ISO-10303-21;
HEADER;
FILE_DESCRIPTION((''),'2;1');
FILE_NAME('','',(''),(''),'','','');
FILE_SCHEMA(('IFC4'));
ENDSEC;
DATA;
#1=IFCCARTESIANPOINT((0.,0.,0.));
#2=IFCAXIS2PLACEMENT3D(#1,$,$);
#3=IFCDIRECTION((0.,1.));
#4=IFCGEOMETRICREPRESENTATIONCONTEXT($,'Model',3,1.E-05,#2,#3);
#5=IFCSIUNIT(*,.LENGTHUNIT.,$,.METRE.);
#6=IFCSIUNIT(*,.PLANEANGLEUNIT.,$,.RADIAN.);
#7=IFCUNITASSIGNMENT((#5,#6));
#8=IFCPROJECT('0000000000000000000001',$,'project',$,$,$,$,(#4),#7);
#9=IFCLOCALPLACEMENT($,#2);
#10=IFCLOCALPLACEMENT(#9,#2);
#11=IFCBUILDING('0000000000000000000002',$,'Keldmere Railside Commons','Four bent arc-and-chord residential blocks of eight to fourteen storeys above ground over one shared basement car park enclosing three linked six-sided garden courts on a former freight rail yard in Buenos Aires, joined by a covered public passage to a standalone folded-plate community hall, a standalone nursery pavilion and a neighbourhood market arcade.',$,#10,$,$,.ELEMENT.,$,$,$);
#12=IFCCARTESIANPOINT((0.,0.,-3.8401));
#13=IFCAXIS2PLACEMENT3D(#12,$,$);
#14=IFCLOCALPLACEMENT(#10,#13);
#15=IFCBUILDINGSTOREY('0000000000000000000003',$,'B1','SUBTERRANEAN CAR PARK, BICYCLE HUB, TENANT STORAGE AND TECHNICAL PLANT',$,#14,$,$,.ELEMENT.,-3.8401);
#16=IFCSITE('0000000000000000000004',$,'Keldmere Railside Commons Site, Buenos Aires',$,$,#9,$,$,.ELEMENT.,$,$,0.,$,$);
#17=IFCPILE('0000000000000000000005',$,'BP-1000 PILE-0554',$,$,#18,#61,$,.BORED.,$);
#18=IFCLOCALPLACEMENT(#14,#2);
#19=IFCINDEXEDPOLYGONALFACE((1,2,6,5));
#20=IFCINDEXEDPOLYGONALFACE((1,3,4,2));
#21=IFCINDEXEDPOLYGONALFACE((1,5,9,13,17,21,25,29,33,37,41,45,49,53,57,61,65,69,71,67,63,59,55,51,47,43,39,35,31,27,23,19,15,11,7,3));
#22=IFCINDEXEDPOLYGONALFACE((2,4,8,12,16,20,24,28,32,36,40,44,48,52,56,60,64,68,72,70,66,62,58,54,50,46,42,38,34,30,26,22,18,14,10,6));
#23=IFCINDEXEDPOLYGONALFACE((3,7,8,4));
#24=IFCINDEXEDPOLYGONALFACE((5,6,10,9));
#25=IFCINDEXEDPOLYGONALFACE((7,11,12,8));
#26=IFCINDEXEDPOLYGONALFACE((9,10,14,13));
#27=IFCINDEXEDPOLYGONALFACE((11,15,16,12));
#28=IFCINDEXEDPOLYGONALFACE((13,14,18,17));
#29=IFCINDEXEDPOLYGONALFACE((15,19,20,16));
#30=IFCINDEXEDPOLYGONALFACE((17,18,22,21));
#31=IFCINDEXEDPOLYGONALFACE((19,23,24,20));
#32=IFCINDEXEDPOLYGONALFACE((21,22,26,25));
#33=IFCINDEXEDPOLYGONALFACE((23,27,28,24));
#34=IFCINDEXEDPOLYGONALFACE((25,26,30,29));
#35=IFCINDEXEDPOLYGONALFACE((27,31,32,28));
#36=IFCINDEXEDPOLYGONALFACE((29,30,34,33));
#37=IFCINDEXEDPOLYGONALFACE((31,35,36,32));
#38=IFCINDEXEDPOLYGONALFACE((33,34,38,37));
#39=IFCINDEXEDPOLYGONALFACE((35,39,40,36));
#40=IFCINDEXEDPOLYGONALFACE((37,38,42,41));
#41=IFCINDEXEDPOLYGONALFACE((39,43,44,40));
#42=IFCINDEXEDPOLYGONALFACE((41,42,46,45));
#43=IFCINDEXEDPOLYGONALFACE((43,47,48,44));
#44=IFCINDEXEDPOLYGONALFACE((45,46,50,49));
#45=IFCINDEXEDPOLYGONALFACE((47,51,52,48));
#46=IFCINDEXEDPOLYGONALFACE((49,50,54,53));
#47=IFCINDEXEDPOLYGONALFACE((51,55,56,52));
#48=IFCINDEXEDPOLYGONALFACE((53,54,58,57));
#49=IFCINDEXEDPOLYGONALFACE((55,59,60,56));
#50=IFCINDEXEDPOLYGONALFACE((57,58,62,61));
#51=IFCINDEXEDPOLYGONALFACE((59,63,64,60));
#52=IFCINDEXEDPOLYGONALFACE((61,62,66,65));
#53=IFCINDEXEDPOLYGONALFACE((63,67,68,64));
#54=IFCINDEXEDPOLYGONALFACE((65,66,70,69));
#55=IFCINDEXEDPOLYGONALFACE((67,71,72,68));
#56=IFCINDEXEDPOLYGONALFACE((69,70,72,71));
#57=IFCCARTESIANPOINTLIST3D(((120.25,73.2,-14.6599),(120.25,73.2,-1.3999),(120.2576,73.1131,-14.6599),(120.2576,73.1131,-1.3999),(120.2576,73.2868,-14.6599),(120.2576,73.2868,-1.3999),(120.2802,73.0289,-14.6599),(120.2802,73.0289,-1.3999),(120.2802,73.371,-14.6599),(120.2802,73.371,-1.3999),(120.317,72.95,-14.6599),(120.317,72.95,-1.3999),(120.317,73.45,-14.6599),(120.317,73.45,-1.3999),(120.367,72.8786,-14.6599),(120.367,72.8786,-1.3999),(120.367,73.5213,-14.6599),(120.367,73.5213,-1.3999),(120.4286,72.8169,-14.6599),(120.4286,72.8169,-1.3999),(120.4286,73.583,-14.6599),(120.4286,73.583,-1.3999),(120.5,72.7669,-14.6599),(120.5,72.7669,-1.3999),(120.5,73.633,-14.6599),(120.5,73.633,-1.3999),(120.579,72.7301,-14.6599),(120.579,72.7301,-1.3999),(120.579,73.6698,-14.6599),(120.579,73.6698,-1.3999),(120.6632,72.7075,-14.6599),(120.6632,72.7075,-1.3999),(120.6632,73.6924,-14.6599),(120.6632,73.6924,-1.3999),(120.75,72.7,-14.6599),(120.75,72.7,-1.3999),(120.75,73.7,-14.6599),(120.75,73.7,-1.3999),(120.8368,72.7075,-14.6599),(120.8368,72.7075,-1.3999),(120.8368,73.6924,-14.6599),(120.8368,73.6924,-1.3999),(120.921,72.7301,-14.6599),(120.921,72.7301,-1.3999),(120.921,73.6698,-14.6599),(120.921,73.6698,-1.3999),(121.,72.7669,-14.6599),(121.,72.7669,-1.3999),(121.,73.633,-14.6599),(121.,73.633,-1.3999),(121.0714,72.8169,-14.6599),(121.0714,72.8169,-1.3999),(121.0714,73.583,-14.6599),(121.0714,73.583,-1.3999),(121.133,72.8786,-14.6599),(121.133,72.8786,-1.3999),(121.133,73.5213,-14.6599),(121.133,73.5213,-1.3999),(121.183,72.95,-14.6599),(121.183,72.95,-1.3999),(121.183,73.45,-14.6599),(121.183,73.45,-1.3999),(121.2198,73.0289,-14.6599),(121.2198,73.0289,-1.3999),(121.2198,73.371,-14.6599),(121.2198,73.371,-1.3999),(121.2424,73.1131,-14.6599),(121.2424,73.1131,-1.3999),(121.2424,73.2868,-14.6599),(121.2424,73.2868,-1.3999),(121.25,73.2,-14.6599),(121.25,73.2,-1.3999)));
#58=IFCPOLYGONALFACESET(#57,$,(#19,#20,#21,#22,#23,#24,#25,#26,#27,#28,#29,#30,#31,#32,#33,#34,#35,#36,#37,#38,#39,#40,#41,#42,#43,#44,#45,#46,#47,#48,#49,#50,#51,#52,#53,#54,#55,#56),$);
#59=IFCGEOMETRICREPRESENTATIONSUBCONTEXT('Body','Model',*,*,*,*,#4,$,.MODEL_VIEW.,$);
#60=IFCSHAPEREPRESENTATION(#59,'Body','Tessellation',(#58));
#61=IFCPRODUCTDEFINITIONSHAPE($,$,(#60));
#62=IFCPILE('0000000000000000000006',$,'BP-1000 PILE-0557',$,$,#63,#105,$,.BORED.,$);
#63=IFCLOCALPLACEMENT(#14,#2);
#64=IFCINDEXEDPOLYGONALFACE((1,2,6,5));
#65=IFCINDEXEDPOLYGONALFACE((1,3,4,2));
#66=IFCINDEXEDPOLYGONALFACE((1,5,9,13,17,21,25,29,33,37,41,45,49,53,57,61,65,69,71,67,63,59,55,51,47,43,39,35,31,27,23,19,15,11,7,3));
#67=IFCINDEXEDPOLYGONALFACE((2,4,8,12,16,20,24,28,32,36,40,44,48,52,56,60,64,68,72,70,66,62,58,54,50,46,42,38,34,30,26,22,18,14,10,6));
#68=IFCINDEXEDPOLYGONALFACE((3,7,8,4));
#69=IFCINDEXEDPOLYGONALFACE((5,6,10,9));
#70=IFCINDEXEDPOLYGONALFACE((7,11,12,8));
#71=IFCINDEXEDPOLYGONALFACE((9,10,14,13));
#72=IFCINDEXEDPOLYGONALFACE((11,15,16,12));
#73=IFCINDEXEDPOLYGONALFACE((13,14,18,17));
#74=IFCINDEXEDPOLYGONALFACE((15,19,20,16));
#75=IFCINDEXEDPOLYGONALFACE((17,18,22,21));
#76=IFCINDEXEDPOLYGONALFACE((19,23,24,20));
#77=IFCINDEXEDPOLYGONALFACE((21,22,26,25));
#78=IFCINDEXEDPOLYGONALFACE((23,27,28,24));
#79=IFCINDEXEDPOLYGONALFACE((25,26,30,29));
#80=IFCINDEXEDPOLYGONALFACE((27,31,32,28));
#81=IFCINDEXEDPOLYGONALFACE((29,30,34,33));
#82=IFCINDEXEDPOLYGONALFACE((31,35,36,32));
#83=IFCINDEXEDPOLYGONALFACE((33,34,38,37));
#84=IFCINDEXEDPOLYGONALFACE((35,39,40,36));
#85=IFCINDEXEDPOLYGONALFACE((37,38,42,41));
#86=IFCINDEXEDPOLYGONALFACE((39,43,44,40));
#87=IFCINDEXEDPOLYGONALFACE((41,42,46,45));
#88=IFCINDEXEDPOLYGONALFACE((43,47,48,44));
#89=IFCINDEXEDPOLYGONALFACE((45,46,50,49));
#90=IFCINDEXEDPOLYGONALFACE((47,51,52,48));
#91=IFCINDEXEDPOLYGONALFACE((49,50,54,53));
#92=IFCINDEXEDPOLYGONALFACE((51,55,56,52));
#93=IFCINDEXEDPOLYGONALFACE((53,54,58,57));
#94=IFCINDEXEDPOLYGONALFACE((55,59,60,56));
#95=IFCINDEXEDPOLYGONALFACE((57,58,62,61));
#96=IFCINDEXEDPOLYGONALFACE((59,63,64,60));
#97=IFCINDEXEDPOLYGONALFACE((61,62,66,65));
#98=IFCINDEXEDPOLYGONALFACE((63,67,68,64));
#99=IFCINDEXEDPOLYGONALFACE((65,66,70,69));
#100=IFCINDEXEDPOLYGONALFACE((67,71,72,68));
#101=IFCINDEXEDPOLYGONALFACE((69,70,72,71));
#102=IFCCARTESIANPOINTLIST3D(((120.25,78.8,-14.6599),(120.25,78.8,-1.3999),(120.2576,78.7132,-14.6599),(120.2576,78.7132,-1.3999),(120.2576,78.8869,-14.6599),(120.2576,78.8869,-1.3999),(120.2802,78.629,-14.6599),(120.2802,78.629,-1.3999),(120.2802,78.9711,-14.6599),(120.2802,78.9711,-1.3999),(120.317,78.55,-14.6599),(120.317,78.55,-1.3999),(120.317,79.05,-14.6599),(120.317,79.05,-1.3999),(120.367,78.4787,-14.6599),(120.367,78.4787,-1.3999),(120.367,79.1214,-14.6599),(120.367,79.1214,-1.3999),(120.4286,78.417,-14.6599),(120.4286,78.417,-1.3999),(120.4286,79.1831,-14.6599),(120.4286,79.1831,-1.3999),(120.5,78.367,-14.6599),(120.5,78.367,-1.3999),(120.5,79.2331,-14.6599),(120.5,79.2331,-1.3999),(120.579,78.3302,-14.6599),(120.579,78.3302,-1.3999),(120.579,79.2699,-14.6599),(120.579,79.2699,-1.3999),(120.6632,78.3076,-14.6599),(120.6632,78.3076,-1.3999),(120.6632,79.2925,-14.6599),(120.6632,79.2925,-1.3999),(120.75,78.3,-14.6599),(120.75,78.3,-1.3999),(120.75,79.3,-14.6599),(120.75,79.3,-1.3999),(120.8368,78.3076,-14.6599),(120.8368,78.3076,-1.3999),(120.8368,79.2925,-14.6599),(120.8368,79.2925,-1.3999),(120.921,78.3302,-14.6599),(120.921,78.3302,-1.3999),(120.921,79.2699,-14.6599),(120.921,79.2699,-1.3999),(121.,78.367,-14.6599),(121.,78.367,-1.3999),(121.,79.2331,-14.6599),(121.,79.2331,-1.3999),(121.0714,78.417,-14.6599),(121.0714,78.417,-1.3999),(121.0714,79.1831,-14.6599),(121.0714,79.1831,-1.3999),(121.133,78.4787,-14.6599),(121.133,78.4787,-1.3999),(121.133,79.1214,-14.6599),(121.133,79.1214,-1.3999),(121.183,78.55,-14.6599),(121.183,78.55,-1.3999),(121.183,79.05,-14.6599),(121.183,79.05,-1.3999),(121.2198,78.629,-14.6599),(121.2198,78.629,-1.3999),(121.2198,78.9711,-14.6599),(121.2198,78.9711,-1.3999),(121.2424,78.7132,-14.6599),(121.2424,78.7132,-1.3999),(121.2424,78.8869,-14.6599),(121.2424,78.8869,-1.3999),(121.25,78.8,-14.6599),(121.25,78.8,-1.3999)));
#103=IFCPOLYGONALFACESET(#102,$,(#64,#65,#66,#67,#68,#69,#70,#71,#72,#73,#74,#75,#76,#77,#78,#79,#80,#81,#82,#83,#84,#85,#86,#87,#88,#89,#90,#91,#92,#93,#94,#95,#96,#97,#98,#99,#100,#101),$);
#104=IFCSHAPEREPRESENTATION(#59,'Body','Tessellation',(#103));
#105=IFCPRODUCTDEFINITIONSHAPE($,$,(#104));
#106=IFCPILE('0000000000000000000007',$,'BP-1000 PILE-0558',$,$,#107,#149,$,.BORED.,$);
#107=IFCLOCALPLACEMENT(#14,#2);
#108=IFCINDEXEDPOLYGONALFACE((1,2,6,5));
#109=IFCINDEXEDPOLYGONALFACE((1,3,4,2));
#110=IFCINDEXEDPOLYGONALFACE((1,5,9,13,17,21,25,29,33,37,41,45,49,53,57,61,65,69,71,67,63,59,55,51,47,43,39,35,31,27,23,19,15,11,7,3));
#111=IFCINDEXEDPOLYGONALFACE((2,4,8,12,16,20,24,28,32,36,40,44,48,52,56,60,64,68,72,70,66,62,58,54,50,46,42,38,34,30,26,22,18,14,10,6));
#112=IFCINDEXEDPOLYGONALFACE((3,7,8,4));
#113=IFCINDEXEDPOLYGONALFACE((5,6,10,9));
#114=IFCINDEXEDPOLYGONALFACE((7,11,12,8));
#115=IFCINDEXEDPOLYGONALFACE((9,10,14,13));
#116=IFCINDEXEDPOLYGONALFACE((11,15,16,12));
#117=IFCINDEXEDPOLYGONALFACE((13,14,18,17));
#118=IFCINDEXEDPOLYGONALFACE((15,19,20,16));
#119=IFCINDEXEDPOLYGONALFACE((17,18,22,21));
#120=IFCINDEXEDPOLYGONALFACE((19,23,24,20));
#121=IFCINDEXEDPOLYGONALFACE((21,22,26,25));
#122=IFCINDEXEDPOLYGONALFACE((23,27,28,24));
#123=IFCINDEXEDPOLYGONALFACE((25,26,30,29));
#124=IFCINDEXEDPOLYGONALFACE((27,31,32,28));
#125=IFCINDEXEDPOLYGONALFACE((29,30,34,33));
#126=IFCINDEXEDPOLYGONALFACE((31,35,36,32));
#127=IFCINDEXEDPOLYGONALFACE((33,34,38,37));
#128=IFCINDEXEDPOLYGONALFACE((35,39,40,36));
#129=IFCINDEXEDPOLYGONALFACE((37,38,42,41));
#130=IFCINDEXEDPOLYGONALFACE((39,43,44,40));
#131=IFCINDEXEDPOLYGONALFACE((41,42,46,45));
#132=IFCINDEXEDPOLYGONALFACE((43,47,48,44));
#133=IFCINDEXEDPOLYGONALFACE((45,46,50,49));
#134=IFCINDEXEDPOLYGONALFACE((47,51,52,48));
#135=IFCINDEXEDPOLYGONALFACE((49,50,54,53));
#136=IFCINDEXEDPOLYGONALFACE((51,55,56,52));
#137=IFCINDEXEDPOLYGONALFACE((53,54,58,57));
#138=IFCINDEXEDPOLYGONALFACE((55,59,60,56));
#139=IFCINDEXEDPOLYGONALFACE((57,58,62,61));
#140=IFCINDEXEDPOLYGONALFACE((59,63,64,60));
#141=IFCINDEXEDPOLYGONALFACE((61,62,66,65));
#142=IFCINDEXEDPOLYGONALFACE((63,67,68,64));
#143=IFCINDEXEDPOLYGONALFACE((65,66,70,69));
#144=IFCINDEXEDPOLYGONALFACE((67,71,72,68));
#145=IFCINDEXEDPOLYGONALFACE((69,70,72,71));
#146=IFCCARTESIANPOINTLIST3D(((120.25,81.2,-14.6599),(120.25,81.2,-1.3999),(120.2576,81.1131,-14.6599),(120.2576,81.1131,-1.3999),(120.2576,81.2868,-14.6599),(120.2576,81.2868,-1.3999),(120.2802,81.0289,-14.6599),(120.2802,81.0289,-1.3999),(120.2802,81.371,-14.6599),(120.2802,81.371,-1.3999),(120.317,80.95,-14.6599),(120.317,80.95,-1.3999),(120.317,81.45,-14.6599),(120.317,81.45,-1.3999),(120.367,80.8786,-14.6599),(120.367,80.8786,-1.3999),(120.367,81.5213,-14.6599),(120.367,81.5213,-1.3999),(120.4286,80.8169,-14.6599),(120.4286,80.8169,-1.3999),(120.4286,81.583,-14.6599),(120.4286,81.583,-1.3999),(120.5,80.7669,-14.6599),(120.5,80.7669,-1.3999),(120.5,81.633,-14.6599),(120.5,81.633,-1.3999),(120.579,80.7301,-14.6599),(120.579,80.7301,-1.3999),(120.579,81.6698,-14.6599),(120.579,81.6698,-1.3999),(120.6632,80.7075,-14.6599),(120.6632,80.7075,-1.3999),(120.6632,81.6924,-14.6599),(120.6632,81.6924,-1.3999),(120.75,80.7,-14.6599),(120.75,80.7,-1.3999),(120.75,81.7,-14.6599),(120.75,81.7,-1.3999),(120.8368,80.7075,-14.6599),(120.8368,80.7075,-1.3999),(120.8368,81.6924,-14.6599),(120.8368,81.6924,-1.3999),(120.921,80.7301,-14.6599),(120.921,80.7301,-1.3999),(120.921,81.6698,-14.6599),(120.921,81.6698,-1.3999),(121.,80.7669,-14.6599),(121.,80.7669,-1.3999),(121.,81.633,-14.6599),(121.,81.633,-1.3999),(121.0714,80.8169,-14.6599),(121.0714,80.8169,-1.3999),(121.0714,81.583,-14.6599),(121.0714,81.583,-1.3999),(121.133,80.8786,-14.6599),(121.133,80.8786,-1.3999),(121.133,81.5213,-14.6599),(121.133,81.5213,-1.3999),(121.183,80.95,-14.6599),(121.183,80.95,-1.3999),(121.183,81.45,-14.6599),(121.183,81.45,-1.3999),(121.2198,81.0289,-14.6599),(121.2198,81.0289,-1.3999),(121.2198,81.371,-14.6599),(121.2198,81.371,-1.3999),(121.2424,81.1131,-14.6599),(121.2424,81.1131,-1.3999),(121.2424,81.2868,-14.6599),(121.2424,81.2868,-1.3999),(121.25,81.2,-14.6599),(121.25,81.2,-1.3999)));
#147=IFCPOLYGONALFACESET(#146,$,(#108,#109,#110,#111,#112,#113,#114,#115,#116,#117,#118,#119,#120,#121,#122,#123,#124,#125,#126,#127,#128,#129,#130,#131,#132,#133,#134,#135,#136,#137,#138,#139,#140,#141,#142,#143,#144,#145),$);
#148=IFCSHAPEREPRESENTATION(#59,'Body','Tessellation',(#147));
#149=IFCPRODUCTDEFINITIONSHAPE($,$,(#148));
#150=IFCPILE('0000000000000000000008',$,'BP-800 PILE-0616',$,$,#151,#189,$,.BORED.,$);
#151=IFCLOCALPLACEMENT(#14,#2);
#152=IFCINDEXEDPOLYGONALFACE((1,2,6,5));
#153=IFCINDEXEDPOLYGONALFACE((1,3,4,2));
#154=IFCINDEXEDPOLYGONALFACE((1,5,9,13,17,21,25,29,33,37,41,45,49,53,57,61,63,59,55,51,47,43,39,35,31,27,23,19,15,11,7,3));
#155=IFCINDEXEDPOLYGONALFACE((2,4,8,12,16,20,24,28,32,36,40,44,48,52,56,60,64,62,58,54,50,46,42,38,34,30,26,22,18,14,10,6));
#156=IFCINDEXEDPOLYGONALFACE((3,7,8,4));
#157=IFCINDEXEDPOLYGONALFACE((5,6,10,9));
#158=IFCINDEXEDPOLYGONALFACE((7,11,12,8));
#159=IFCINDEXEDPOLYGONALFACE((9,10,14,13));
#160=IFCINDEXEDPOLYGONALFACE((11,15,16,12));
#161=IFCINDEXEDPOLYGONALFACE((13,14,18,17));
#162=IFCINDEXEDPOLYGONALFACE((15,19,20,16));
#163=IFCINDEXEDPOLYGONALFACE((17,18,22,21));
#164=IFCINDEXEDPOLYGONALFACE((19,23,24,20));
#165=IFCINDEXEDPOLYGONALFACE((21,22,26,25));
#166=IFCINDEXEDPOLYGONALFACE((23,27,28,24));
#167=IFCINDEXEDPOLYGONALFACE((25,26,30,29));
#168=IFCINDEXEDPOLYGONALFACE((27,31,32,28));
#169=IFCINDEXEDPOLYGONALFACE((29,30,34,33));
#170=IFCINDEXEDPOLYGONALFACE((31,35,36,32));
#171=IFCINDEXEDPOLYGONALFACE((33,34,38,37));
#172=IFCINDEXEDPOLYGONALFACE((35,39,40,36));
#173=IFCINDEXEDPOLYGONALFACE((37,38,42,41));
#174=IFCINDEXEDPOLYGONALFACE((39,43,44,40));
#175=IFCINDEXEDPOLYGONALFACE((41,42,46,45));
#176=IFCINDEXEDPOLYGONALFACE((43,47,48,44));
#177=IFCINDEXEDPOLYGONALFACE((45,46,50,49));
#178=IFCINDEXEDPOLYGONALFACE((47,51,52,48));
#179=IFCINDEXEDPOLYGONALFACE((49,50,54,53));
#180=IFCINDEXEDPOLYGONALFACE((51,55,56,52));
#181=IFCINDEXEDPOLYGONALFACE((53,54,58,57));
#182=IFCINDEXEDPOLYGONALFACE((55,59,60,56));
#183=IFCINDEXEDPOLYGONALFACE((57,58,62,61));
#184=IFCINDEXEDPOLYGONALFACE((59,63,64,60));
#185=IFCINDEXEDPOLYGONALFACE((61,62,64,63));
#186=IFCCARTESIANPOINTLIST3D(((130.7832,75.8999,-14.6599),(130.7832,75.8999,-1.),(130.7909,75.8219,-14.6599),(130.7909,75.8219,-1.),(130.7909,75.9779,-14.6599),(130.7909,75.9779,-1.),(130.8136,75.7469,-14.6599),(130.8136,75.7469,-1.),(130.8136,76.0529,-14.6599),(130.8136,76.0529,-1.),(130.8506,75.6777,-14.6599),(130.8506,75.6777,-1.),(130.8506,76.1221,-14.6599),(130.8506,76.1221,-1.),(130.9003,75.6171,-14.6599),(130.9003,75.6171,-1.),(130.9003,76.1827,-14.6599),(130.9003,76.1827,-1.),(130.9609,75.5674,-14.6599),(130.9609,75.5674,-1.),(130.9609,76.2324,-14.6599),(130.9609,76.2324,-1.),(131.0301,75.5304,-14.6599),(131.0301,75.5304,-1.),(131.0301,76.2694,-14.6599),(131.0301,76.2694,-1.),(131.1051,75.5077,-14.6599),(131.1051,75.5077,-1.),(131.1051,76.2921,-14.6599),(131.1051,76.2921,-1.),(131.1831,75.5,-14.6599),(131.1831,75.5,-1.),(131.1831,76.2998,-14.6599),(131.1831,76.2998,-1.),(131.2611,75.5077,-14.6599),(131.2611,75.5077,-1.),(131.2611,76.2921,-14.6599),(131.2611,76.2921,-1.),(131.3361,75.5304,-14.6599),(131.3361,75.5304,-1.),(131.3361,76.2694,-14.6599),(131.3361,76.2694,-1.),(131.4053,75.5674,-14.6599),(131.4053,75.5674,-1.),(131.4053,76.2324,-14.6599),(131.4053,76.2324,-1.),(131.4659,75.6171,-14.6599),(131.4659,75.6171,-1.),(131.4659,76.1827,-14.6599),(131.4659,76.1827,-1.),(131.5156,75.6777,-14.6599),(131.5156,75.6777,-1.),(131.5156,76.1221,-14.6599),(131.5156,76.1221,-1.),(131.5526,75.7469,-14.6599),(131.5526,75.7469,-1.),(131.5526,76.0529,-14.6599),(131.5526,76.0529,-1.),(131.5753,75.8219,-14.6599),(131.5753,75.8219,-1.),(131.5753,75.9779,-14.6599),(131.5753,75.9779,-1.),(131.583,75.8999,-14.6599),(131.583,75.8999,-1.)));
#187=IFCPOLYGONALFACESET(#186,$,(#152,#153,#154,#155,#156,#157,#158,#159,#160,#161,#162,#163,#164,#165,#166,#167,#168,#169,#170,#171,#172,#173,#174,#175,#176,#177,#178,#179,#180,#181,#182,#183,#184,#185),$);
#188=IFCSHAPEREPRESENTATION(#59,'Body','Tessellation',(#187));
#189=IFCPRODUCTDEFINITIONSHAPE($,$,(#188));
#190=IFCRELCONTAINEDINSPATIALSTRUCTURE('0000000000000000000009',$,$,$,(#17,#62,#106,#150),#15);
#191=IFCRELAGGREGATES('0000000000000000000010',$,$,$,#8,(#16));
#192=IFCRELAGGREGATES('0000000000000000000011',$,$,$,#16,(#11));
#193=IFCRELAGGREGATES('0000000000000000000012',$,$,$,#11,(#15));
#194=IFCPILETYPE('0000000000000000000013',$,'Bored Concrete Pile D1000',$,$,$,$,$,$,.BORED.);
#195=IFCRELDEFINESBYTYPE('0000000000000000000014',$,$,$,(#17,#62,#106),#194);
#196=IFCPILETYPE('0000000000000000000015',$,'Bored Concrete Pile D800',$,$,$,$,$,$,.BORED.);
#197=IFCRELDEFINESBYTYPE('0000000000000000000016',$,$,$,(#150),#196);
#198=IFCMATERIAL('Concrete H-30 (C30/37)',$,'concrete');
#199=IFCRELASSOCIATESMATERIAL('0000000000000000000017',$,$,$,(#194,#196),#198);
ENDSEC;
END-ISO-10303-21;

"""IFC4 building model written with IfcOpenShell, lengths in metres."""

from ifc_helpers import new_model, si_unit, direction, frame, origin, origin_2d, place, context, subcontext, project, spatial, circle, extrude, material, material_profile, profile_set, type_object, element, save


model = new_model("IFC4")

# Units and contexts
model_context = context("Model", 3, precision=1e-05, world=origin(), true_north=direction((0.0, 1.0)))
body_context = subcontext(model_context, "Body", "Model", "MODEL_VIEW")
ifc_project = project(units=[si_unit("LENGTHUNIT", "METRE"), si_unit("PLANEANGLEUNIT", "RADIAN")], contexts=[model_context])

# Site, building, storey
site_placement = place(None, origin())
site = spatial("IfcSite", under=ifc_project, at=site_placement, Name="Keldmere Railside Commons Site, Buenos Aires", CompositionType="ELEMENT", RefElevation=0.0)
building_placement = place(site_placement, origin())
building = spatial("IfcBuilding", under=site, at=building_placement, Name="Keldmere Railside Commons", Description="Four bent arc-and-chord residential blocks of eight to fourteen storeys above ground over one shared basement car park enclosing three linked six-sided garden courts on a former freight rail yard in Buenos Aires, joined by a covered public passage to a standalone folded-plate community hall, a standalone nursery pavilion and a neighbourhood market arcade.", CompositionType="ELEMENT")
storey_placement = place(building_placement, frame((0.0, 0.0, -3.8401)))
storey = spatial("IfcBuildingStorey", under=building, at=storey_placement, Name="B1", Description="SUBTERRANEAN CAR PARK, BICYCLE HUB, TENANT STORAGE AND TECHNICAL PLANT", CompositionType="ELEMENT", Elevation=-3.8401)

# Piles
ifc_material_1 = material(Name="Concrete H-30 (C30/37)", Category="concrete")
ifc_material_profile_1 = material_profile(ifc_material_1, circle(Radius=0.5, at=origin_2d()), Name="PILE-D1000")
ifc_profile_set_1 = profile_set([ifc_material_profile_1], Name="Concrete H-30 (C30/37)")
pile_type_1 = type_object("IfcPileType", Name="Bored Concrete Pile D1000", PredefinedType="BORED", material=ifc_profile_set_1)
for number, where, z_axis, x_axis, name in (
    (1, (120.75, 73.2, -1.3999), (0.0, 0.0, -1.0), (1.0, 0.0, 0.0), "BP-1000 PILE-0554"),
    (2, (120.75, 78.8, -1.3999), (0.0, 0.0, -1.0), (1.0, 0.0, 0.0), "BP-1000 PILE-0557"),
    (3, (120.75, 81.2, -1.3999), (0.0, 0.0, -1.0), (1.0, 0.0, 0.0), "BP-1000 PILE-0558"),
):
    element("IfcPile", number, at=place(storey_placement, frame(where, z_axis=z_axis, x_axis=x_axis)), inside=storey, type_object=pile_type_1, Name=name, PredefinedType="BORED", context=body_context, shape_type="SweptSolid", body=[
        extrude(circle(Radius=0.5, at=origin_2d()), origin(), (0.0, 0.0, 1.0), 13.26),
    ])
ifc_material_profile_2 = material_profile(ifc_material_1, circle(Radius=0.3999, at=origin_2d()), Name="PILE-D800")
ifc_profile_set_2 = profile_set([ifc_material_profile_2], Name="Concrete H-30 (C30/37)")
pile_type_2 = type_object("IfcPileType", Name="Bored Concrete Pile D800", PredefinedType="BORED", material=ifc_profile_set_2)
pile_1_placement = place(storey_placement, frame((131.1831, 75.8999, -1.0), z_axis=(0.0, 0.0, -1.0), x_axis=(1.0, 0.0, 0.0)))
element("IfcPile", 4, at=pile_1_placement, inside=storey, type_object=pile_type_2, Name="BP-800 PILE-0616", PredefinedType="BORED", context=body_context, shape_type="SweptSolid", body=[
    extrude(circle(Radius=0.3999, at=origin_2d()), origin(), (0.0, 0.0, 1.0), 13.6599),
])

save(model, "model.ifc")
